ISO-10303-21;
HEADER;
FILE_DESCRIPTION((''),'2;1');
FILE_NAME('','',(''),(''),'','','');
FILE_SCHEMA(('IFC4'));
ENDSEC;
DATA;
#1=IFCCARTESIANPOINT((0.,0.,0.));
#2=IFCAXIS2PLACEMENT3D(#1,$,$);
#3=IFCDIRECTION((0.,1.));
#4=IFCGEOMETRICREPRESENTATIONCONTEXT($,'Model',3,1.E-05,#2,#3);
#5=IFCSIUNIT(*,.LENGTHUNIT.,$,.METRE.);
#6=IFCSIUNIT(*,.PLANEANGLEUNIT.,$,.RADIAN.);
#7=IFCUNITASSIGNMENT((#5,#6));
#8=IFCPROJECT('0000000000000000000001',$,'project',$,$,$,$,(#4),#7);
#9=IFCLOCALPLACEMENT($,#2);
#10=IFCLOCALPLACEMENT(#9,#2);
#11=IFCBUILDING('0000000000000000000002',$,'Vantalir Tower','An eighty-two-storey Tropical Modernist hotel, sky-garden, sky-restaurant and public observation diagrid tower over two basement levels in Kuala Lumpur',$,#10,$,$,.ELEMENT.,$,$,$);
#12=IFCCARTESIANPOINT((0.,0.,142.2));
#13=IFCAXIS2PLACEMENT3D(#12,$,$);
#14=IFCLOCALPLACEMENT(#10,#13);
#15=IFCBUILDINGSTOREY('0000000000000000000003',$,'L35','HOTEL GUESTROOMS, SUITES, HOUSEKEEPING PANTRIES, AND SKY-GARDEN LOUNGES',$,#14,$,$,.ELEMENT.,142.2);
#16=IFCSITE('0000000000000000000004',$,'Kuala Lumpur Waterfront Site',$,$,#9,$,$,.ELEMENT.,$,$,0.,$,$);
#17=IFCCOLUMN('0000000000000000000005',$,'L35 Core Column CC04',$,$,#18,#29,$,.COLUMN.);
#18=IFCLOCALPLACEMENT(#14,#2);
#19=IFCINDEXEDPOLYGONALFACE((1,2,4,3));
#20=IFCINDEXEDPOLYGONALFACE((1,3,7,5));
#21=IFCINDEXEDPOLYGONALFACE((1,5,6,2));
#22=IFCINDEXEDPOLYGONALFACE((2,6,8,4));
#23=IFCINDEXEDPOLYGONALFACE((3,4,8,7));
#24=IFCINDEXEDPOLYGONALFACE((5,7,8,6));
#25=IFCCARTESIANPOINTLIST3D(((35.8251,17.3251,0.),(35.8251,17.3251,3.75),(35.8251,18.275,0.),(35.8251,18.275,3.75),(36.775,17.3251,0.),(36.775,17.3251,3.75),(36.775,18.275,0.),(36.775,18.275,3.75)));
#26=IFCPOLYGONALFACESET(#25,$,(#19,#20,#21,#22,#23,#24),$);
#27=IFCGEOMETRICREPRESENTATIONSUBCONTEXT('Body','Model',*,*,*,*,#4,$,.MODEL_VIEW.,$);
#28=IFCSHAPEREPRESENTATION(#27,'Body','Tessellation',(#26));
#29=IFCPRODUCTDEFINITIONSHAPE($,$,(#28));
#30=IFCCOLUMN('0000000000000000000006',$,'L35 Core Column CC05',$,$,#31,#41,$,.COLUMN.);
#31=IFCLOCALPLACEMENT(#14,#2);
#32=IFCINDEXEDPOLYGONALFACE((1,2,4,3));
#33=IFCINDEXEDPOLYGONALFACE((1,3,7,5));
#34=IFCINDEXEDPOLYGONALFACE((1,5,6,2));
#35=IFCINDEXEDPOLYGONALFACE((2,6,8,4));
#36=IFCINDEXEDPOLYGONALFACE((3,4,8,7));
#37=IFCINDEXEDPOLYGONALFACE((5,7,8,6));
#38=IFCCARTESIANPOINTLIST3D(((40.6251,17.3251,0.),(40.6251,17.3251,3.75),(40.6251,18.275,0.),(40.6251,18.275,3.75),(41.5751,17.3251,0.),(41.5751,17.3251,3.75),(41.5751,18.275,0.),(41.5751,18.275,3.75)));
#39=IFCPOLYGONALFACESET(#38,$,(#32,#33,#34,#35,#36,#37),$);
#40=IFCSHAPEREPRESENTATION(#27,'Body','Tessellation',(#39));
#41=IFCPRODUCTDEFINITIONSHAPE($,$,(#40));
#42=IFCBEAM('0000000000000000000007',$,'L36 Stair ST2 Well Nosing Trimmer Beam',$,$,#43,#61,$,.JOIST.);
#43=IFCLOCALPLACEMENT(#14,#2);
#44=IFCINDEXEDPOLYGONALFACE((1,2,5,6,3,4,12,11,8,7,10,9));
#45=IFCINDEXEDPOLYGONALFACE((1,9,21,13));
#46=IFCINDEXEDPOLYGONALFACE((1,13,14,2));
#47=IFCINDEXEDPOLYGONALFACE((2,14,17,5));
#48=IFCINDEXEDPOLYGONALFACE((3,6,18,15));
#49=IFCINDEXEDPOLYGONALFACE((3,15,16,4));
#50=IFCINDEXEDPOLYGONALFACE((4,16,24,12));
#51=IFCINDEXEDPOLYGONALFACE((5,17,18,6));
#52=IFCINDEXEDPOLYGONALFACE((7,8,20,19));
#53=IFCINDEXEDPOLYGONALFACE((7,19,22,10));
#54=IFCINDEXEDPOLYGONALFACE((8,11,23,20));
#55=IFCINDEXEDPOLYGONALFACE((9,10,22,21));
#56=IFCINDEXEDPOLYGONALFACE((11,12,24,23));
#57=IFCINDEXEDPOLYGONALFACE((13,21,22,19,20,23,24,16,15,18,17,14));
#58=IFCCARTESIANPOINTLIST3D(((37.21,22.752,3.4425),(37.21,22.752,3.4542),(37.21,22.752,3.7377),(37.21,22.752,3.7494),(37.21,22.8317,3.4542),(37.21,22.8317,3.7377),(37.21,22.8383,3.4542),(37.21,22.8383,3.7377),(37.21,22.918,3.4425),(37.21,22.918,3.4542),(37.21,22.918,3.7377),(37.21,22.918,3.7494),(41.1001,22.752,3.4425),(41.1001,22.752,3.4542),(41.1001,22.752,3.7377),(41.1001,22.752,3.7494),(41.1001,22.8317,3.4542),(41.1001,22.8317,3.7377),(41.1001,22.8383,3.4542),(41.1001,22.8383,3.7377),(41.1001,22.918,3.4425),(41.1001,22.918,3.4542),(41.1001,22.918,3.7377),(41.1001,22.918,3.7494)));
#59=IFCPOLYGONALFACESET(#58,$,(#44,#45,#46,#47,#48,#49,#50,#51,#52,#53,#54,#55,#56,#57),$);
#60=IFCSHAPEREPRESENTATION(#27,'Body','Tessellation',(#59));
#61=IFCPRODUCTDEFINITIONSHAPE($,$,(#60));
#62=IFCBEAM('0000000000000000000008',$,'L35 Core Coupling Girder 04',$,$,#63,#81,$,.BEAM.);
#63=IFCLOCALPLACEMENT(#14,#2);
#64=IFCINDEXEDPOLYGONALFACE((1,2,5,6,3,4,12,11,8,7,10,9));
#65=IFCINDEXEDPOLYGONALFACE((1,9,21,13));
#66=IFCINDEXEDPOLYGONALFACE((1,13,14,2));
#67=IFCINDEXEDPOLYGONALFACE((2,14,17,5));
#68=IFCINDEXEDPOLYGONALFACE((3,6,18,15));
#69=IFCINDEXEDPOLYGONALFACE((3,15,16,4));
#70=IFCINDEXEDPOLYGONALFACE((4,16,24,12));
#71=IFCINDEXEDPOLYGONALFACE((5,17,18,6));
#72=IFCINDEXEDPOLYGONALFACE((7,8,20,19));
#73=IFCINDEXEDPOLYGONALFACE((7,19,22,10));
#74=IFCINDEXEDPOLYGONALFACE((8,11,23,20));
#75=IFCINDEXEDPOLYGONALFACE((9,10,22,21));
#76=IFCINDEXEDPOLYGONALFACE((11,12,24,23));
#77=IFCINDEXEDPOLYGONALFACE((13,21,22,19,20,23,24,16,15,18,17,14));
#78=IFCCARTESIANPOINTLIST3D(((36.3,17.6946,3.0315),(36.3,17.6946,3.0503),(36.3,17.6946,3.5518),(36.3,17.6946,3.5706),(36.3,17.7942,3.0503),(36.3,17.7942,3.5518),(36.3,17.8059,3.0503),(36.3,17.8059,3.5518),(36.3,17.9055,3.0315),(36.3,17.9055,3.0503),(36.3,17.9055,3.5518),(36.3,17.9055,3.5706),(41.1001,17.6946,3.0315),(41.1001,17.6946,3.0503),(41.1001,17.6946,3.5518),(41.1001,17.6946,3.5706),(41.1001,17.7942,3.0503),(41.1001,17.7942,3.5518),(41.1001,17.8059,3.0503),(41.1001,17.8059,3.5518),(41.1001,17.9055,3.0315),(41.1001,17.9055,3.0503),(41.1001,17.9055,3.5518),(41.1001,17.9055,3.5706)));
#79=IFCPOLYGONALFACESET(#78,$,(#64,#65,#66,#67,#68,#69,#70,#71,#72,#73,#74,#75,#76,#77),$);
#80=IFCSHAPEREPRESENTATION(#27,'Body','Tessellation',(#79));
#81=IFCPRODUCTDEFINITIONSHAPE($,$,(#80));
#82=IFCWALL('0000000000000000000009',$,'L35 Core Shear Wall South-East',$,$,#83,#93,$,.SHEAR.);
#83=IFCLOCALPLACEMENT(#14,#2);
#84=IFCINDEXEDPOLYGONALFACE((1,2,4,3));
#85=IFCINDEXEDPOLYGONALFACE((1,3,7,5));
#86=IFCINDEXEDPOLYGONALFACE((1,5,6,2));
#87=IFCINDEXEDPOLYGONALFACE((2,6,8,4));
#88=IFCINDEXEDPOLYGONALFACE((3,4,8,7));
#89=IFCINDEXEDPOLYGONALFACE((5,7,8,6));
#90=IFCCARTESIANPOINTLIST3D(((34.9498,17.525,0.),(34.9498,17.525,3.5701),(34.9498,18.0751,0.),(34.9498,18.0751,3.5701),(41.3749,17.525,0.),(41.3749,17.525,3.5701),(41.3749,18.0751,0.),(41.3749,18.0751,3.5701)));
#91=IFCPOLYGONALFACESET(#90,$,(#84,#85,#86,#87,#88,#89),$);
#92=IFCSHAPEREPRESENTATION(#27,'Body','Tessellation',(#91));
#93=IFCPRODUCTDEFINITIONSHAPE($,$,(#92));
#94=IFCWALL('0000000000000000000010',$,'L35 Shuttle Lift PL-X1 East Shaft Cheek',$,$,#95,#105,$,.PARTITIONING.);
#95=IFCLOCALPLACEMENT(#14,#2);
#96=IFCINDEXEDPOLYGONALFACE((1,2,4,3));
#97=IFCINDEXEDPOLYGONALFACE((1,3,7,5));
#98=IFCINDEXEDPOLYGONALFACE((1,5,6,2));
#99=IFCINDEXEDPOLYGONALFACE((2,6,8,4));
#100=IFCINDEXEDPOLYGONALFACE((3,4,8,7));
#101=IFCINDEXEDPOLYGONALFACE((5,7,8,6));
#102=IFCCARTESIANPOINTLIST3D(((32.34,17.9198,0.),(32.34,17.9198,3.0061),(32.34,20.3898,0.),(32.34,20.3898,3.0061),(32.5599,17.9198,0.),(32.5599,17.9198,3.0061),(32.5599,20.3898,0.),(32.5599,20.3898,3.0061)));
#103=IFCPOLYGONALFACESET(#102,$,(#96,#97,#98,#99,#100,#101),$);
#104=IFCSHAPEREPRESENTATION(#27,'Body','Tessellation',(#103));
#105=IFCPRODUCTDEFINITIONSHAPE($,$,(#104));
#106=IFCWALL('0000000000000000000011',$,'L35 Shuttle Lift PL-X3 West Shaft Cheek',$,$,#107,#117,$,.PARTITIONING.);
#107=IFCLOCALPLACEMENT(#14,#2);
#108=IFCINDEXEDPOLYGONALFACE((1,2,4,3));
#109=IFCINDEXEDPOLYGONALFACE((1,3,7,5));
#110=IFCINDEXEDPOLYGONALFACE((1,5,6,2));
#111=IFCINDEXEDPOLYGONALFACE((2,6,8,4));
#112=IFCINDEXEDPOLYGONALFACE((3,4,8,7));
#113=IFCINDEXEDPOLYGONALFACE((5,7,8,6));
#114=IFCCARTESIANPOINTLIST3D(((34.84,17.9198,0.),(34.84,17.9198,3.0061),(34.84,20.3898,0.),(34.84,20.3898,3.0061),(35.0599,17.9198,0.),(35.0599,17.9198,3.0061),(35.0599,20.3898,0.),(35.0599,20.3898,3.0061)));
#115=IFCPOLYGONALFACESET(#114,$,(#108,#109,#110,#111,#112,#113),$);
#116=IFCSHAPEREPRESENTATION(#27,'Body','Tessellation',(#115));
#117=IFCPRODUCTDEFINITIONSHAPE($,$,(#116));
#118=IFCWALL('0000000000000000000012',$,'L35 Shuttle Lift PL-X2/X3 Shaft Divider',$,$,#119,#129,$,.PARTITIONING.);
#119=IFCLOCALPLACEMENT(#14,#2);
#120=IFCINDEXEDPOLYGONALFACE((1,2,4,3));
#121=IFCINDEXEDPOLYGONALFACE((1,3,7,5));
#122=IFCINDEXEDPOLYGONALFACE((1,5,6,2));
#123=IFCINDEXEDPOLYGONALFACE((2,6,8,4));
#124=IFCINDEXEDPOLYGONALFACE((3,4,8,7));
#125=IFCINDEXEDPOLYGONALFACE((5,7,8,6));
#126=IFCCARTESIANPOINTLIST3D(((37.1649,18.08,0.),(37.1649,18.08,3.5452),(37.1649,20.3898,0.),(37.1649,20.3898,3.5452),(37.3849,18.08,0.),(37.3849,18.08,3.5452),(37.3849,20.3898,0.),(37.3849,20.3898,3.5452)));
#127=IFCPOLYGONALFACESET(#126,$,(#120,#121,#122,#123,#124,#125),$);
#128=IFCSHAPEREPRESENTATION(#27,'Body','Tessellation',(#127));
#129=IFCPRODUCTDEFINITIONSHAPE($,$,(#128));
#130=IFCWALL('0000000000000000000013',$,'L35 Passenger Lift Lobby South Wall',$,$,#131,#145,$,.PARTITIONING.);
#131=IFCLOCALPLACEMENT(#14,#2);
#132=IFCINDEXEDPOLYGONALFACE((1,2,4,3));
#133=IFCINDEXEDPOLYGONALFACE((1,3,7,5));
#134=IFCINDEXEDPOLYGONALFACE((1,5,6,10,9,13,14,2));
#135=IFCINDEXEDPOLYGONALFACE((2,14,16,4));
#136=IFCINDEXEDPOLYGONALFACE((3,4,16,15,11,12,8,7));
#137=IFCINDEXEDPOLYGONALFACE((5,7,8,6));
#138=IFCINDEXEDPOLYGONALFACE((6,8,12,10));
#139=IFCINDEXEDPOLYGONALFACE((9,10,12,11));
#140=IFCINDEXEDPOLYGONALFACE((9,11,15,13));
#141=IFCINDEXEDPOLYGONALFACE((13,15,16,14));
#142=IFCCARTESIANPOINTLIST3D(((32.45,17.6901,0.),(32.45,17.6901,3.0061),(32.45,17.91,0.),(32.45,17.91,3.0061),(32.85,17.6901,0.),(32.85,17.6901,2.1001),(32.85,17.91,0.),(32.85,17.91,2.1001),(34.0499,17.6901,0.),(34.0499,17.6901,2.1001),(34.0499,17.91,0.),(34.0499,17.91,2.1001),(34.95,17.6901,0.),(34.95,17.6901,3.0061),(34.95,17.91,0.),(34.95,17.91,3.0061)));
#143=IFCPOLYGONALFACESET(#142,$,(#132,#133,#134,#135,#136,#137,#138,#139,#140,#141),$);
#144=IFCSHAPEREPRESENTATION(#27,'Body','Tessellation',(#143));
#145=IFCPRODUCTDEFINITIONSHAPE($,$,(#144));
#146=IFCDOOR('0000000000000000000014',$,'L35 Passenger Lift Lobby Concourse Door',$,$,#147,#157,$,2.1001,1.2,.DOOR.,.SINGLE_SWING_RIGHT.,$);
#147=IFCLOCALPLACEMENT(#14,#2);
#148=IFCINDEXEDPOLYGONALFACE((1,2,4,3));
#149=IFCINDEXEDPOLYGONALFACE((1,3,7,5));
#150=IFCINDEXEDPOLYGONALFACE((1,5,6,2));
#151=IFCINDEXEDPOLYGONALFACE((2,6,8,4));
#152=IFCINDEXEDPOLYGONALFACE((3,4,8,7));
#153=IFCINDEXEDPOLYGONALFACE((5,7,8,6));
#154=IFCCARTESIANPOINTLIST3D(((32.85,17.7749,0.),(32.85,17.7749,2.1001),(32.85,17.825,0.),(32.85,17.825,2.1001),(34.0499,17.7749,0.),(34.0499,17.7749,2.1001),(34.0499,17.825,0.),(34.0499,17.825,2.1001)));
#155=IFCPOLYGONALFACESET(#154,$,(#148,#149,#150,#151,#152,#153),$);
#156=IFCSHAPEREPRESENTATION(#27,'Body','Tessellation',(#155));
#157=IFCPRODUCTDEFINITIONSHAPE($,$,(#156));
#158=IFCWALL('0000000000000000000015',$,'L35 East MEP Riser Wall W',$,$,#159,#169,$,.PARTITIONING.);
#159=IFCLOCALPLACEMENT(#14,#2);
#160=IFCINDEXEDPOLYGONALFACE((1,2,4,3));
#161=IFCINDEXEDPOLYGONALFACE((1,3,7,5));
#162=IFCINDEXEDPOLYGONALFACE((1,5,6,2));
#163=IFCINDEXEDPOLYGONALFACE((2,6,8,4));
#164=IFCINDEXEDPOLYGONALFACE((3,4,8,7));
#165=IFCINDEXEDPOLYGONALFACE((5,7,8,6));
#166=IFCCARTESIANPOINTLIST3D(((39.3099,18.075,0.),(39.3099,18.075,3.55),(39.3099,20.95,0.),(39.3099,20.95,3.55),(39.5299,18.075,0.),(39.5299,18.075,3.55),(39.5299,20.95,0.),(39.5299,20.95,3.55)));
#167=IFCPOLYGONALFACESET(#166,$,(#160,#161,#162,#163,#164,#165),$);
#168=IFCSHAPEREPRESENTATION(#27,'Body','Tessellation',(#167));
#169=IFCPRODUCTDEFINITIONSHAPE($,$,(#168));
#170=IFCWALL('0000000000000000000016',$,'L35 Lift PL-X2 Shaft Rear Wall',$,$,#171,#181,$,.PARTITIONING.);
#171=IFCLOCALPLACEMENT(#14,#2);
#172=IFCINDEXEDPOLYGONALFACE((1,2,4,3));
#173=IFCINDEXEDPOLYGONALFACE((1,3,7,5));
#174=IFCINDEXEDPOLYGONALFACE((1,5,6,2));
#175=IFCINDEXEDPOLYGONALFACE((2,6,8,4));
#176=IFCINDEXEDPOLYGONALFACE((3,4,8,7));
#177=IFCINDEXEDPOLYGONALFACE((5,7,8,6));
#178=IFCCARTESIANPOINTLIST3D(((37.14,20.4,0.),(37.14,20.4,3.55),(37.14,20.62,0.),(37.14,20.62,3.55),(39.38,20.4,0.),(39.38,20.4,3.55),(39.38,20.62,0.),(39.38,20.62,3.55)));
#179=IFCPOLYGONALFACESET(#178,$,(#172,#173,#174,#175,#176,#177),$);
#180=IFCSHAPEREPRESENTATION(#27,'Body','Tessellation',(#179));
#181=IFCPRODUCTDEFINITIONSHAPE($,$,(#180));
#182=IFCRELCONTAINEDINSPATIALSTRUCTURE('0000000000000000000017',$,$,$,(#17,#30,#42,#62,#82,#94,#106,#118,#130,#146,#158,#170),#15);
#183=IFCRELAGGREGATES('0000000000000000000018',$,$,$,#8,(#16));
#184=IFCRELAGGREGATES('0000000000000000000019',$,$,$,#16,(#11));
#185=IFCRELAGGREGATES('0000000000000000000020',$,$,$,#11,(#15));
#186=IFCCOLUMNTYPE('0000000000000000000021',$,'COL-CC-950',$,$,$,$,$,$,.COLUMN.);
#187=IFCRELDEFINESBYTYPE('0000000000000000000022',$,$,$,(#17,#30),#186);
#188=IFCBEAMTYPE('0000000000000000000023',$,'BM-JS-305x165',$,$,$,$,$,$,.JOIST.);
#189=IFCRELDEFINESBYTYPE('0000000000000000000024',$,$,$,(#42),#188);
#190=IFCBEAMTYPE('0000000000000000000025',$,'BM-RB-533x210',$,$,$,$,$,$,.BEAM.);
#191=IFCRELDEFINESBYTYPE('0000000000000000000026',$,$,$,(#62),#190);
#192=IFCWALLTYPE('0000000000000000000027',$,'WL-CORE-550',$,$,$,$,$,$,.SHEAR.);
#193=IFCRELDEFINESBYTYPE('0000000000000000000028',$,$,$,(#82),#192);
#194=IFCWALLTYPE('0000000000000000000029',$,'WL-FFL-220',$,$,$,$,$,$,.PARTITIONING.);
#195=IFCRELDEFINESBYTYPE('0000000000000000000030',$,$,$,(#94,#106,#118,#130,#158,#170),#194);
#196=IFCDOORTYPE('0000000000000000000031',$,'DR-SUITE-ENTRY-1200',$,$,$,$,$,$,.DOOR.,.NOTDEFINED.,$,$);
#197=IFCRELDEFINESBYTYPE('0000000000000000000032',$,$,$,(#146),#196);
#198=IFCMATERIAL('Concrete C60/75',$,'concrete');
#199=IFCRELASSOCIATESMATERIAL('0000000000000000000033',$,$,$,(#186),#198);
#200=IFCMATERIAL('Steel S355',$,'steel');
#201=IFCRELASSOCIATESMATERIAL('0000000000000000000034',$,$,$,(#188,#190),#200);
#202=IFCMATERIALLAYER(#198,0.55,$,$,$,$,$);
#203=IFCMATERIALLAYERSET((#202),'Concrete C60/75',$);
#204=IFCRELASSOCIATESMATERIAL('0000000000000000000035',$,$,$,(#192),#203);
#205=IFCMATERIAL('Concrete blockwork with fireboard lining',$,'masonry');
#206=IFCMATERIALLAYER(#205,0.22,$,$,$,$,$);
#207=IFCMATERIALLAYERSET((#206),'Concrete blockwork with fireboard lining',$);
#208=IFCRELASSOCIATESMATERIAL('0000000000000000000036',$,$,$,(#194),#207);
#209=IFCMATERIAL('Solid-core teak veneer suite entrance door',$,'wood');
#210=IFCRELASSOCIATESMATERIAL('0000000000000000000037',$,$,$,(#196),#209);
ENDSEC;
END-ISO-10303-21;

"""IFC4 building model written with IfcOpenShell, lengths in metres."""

from ifc_helpers import new_model, si_unit, direction, frame, frame_2d, origin, origin_2d, place, context, subcontext, project, spatial, rectangle, i_section, extrude, material, layer, layer_set, material_profile, profile_set, type_object, element, fill, save


model = new_model("IFC4")

# Units and contexts
model_context = context("Model", 3, precision=1e-05, world=origin(), true_north=direction((0.0, 1.0)))
body_context = subcontext(model_context, "Body", "Model", "MODEL_VIEW")
ifc_project = project(units=[si_unit("LENGTHUNIT", "METRE"), si_unit("PLANEANGLEUNIT", "RADIAN")], contexts=[model_context])

# Site, building, storey
site_placement = place(None, origin())
site = spatial("IfcSite", under=ifc_project, at=site_placement, Name="Kuala Lumpur Waterfront Site", CompositionType="ELEMENT", RefElevation=0.0)
building_placement = place(site_placement, origin())
building = spatial("IfcBuilding", under=site, at=building_placement, Name="Vantalir Tower", Description="An eighty-two-storey Tropical Modernist hotel, sky-garden, sky-restaurant and public observation diagrid tower over two basement levels in Kuala Lumpur", CompositionType="ELEMENT")
storey_placement = place(building_placement, frame((0.0, 0.0, 142.2)))
storey = spatial("IfcBuildingStorey", under=building, at=storey_placement, Name="L35", Description="HOTEL GUESTROOMS, SUITES, HOUSEKEEPING PANTRIES, AND SKY-GARDEN LOUNGES", CompositionType="ELEMENT", Elevation=142.2)

# Columns
ifc_material_1 = material(Name="Concrete C60/75", Category="concrete")
ifc_material_profile_1 = material_profile(ifc_material_1, rectangle(XDim=0.95, YDim=0.95, at=origin_2d()), Name="Concrete C60/75")
ifc_profile_set_1 = profile_set([ifc_material_profile_1], Name="Concrete C60/75")
column_type = type_object("IfcColumnType", Name="COL-CC-950", PredefinedType="COLUMN", material=ifc_profile_set_1)
for number, where, z_axis, x_axis, name in (
    (1, (36.3, 17.8, 0.0), (0.0, 0.0, 1.0), (1.0, 0.0, 0.0), "L35 Core Column CC04"),
    (2, (41.1001, 17.8, 0.0), (0.0, 0.0, 1.0), (1.0, 0.0, 0.0), "L35 Core Column CC05"),
):
    element("IfcColumn", number, at=place(storey_placement, frame(where, z_axis=z_axis, x_axis=x_axis)), inside=storey, type_object=column_type, Name=name, PredefinedType="COLUMN", context=body_context, shape_type="SweptSolid", body=[
        extrude(rectangle(XDim=0.95, YDim=0.95, at=origin_2d()), origin(), (0.0, 0.0, 1.0), 3.75),
    ])

# Beams
ifc_material_2 = material(Name="Steel S355", Category="steel")
ifc_material_profile_2 = material_profile(ifc_material_2, i_section(OverallWidth=0.166, OverallDepth=0.3069, WebThickness=0.0066, FlangeThickness=0.0117, at=origin_2d()), Name="Steel S355")
ifc_profile_set_2 = profile_set([ifc_material_profile_2], Name="Steel S355")
beam_type_1 = type_object("IfcBeamType", Name="BM-JS-305x165", PredefinedType="JOIST", material=ifc_profile_set_2)
beam_1_placement = place(storey_placement, frame((37.21, 22.835, 3.5959), z_axis=(1.0, 0.0, 0.0), x_axis=(0.0, 1.0, 0.0)))
element("IfcBeam", 3, at=beam_1_placement, inside=storey, type_object=beam_type_1, Name="L36 Stair ST2 Well Nosing Trimmer Beam", PredefinedType="JOIST", context=body_context, shape_type="SweptSolid", body=[
    extrude(i_section(OverallWidth=0.166, OverallDepth=0.3069, WebThickness=0.0066, FlangeThickness=0.0117, at=origin_2d()), origin(), (0.0, 0.0, 1.0), 3.8901),
])
ifc_material_profile_3 = material_profile(ifc_material_2, i_section(OverallWidth=0.2109, OverallDepth=0.5391, WebThickness=0.0117, FlangeThickness=0.0188, at=origin_2d()), Name="Steel S355")
ifc_profile_set_3 = profile_set([ifc_material_profile_3], Name="Steel S355")
beam_type_2 = type_object("IfcBeamType", Name="BM-RB-533x210", PredefinedType="BEAM", material=ifc_profile_set_3)
beam_2_placement = place(storey_placement, frame((36.3, 17.8, 3.301), z_axis=(1.0, 0.0, 0.0), x_axis=(0.0, 1.0, 0.0)))
element("IfcBeam", 4, at=beam_2_placement, inside=storey, type_object=beam_type_2, Name="L35 Core Coupling Girder 04", PredefinedType="BEAM", context=body_context, shape_type="SweptSolid", body=[
    extrude(i_section(OverallWidth=0.2109, OverallDepth=0.5391, WebThickness=0.0117, FlangeThickness=0.0188, at=origin_2d()), origin(), (0.0, 0.0, 1.0), 4.8),
])

# Walls
ifc_layer_1 = layer(ifc_material_1, 0.55)
ifc_layer_set_1 = layer_set([ifc_layer_1], Name="Concrete C60/75")
wall_type_1 = type_object("IfcWallType", Name="WL-CORE-550", PredefinedType="SHEAR", material=ifc_layer_set_1)
wall_1_placement = place(storey_placement, frame((34.95, 17.8, 0.0), z_axis=(0.0, 0.0, 1.0), x_axis=(1.0, 0.0, 0.0)))
element("IfcWall", 5, at=wall_1_placement, inside=storey, type_object=wall_type_1, Name="L35 Core Shear Wall South-East", PredefinedType="SHEAR", context=body_context, shape_type="SweptSolid", body=[
    extrude(rectangle(XDim=6.425, YDim=0.55, at=frame_2d((3.2124, 0.0))), origin(), (0.0, 0.0, 1.0), 3.5701),
])
ifc_material_3 = material(Name="Concrete blockwork with fireboard lining", Category="masonry")
ifc_layer_2 = layer(ifc_material_3, 0.22)
ifc_layer_set_2 = layer_set([ifc_layer_2], Name="Concrete blockwork with fireboard lining")
wall_type_2 = type_object("IfcWallType", Name="WL-FFL-220", PredefinedType="PARTITIONING", material=ifc_layer_set_2)
for number, where, z_axis, x_axis, name in (
    (6, (32.45, 17.9199, 0.0), (0.0, 0.0, 1.0), (0.0, 1.0, 0.0), "L35 Shuttle Lift PL-X1 East Shaft Cheek"),
    (7, (34.95, 17.9199, 0.0), (0.0, 0.0, 1.0), (0.0, 1.0, 0.0), "L35 Shuttle Lift PL-X3 West Shaft Cheek"),
):
    element("IfcWall", number, at=place(storey_placement, frame(where, z_axis=z_axis, x_axis=x_axis)), inside=storey, type_object=wall_type_2, Name=name, PredefinedType="PARTITIONING", context=body_context, shape_type="SweptSolid", body=[
        extrude(rectangle(XDim=2.47, YDim=0.22, at=frame_2d((1.2349, 0.0))), origin(), (0.0, 0.0, 1.0), 3.0061),
    ])
wall_2_placement = place(storey_placement, frame((37.2749, 18.0801, 0.0), z_axis=(0.0, 0.0, 1.0), x_axis=(0.0, 1.0, 0.0)))
element("IfcWall", 8, at=wall_2_placement, inside=storey, type_object=wall_type_2, Name="L35 Shuttle Lift PL-X2/X3 Shaft Divider", PredefinedType="PARTITIONING", context=body_context, shape_type="SweptSolid", body=[
    extrude(rectangle(XDim=2.3098, YDim=0.22, at=frame_2d((1.1548, 0.0))), origin(), (0.0, 0.0, 1.0), 3.5452),
])

# Wall, opening, door
wall_3_placement = place(storey_placement, frame((32.45, 17.8, 0.0), z_axis=(0.0, 0.0, 1.0), x_axis=(1.0, 0.0, 0.0)))
wall_3 = element("IfcWall", 9, at=wall_3_placement, inside=storey, type_object=wall_type_2, Name="L35 Passenger Lift Lobby South Wall", PredefinedType="PARTITIONING", context=body_context, shape_type="SweptSolid", body=[
    extrude(rectangle(XDim=2.5, YDim=0.22, at=frame_2d((1.25, 0.0))), origin(), (0.0, 0.0, 1.0), 3.0061),
])
opening_1_placement = place(wall_3_placement, frame((0.3999, 0.0, 0.0)))
opening_1 = element("IfcOpeningElement", 10, at=opening_1_placement, cuts=wall_3, PredefinedType="OPENING", context=body_context, shape_type="SweptSolid", body=[
    extrude(rectangle(XDim=1.2, YDim=2.1001, at=frame_2d((0.6001, 1.05))), frame((0.0, 0.1199, 0.0), z_axis=(0.0, -1.0, 0.0), x_axis=(1.0, 0.0, 0.0)), (0.0, 0.0, 1.0), 0.24),
])
ifc_material_4 = material(Name="Solid-core teak veneer suite entrance door", Category="wood")
door_type_1 = type_object("IfcDoorType", Name="DR-SUITE-ENTRY-1200", OperationType="NOTDEFINED", PredefinedType="DOOR", material=ifc_material_4)
door_1_placement = place(opening_1_placement, origin())
door_1 = element("IfcDoor", 11, at=door_1_placement, inside=storey, type_object=door_type_1, Name="L35 Passenger Lift Lobby Concourse Door", OperationType="SINGLE_SWING_RIGHT", OverallHeight=2.1001, OverallWidth=1.2, PredefinedType="DOOR", context=body_context, shape_type="SweptSolid", body=[
    extrude(rectangle(XDim=1.2, YDim=2.1001, at=frame_2d((0.6001, 1.05))), frame((0.0, 0.0249, 0.0), z_axis=(0.0, -1.0, 0.0), x_axis=(1.0, 0.0, 0.0)), (0.0, 0.0, 1.0), 0.05),
])
fill(opening_1, door_1)

# Walls
wall_4_placement = place(storey_placement, frame((39.4199, 18.075, 0.0), z_axis=(0.0, 0.0, 1.0), x_axis=(0.0, 1.0, 0.0)))
element("IfcWall", 12, at=wall_4_placement, inside=storey, type_object=wall_type_2, Name="L35 East MEP Riser Wall W", PredefinedType="PARTITIONING", context=body_context, shape_type="SweptSolid", body=[
    extrude(rectangle(XDim=2.875, YDim=0.22, at=frame_2d((1.4375, 0.0))), origin(), (0.0, 0.0, 1.0), 3.55),
])
for number, where, z_axis, x_axis, name in (
    (13, (37.1399, 20.51, 0.0), (0.0, 0.0, 1.0), (1.0, 0.0, 0.0), "L35 Lift PL-X2 Shaft Rear Wall"),
):
    element("IfcWall", number, at=place(storey_placement, frame(where, z_axis=z_axis, x_axis=x_axis)), inside=storey, type_object=wall_type_2, Name=name, PredefinedType="PARTITIONING", context=body_context, shape_type="SweptSolid", body=[
        extrude(rectangle(XDim=2.24, YDim=0.22, at=frame_2d((1.1201, 0.0))), origin(), (0.0, 0.0, 1.0), 3.55),
    ])

save(model, "model.ifc")
